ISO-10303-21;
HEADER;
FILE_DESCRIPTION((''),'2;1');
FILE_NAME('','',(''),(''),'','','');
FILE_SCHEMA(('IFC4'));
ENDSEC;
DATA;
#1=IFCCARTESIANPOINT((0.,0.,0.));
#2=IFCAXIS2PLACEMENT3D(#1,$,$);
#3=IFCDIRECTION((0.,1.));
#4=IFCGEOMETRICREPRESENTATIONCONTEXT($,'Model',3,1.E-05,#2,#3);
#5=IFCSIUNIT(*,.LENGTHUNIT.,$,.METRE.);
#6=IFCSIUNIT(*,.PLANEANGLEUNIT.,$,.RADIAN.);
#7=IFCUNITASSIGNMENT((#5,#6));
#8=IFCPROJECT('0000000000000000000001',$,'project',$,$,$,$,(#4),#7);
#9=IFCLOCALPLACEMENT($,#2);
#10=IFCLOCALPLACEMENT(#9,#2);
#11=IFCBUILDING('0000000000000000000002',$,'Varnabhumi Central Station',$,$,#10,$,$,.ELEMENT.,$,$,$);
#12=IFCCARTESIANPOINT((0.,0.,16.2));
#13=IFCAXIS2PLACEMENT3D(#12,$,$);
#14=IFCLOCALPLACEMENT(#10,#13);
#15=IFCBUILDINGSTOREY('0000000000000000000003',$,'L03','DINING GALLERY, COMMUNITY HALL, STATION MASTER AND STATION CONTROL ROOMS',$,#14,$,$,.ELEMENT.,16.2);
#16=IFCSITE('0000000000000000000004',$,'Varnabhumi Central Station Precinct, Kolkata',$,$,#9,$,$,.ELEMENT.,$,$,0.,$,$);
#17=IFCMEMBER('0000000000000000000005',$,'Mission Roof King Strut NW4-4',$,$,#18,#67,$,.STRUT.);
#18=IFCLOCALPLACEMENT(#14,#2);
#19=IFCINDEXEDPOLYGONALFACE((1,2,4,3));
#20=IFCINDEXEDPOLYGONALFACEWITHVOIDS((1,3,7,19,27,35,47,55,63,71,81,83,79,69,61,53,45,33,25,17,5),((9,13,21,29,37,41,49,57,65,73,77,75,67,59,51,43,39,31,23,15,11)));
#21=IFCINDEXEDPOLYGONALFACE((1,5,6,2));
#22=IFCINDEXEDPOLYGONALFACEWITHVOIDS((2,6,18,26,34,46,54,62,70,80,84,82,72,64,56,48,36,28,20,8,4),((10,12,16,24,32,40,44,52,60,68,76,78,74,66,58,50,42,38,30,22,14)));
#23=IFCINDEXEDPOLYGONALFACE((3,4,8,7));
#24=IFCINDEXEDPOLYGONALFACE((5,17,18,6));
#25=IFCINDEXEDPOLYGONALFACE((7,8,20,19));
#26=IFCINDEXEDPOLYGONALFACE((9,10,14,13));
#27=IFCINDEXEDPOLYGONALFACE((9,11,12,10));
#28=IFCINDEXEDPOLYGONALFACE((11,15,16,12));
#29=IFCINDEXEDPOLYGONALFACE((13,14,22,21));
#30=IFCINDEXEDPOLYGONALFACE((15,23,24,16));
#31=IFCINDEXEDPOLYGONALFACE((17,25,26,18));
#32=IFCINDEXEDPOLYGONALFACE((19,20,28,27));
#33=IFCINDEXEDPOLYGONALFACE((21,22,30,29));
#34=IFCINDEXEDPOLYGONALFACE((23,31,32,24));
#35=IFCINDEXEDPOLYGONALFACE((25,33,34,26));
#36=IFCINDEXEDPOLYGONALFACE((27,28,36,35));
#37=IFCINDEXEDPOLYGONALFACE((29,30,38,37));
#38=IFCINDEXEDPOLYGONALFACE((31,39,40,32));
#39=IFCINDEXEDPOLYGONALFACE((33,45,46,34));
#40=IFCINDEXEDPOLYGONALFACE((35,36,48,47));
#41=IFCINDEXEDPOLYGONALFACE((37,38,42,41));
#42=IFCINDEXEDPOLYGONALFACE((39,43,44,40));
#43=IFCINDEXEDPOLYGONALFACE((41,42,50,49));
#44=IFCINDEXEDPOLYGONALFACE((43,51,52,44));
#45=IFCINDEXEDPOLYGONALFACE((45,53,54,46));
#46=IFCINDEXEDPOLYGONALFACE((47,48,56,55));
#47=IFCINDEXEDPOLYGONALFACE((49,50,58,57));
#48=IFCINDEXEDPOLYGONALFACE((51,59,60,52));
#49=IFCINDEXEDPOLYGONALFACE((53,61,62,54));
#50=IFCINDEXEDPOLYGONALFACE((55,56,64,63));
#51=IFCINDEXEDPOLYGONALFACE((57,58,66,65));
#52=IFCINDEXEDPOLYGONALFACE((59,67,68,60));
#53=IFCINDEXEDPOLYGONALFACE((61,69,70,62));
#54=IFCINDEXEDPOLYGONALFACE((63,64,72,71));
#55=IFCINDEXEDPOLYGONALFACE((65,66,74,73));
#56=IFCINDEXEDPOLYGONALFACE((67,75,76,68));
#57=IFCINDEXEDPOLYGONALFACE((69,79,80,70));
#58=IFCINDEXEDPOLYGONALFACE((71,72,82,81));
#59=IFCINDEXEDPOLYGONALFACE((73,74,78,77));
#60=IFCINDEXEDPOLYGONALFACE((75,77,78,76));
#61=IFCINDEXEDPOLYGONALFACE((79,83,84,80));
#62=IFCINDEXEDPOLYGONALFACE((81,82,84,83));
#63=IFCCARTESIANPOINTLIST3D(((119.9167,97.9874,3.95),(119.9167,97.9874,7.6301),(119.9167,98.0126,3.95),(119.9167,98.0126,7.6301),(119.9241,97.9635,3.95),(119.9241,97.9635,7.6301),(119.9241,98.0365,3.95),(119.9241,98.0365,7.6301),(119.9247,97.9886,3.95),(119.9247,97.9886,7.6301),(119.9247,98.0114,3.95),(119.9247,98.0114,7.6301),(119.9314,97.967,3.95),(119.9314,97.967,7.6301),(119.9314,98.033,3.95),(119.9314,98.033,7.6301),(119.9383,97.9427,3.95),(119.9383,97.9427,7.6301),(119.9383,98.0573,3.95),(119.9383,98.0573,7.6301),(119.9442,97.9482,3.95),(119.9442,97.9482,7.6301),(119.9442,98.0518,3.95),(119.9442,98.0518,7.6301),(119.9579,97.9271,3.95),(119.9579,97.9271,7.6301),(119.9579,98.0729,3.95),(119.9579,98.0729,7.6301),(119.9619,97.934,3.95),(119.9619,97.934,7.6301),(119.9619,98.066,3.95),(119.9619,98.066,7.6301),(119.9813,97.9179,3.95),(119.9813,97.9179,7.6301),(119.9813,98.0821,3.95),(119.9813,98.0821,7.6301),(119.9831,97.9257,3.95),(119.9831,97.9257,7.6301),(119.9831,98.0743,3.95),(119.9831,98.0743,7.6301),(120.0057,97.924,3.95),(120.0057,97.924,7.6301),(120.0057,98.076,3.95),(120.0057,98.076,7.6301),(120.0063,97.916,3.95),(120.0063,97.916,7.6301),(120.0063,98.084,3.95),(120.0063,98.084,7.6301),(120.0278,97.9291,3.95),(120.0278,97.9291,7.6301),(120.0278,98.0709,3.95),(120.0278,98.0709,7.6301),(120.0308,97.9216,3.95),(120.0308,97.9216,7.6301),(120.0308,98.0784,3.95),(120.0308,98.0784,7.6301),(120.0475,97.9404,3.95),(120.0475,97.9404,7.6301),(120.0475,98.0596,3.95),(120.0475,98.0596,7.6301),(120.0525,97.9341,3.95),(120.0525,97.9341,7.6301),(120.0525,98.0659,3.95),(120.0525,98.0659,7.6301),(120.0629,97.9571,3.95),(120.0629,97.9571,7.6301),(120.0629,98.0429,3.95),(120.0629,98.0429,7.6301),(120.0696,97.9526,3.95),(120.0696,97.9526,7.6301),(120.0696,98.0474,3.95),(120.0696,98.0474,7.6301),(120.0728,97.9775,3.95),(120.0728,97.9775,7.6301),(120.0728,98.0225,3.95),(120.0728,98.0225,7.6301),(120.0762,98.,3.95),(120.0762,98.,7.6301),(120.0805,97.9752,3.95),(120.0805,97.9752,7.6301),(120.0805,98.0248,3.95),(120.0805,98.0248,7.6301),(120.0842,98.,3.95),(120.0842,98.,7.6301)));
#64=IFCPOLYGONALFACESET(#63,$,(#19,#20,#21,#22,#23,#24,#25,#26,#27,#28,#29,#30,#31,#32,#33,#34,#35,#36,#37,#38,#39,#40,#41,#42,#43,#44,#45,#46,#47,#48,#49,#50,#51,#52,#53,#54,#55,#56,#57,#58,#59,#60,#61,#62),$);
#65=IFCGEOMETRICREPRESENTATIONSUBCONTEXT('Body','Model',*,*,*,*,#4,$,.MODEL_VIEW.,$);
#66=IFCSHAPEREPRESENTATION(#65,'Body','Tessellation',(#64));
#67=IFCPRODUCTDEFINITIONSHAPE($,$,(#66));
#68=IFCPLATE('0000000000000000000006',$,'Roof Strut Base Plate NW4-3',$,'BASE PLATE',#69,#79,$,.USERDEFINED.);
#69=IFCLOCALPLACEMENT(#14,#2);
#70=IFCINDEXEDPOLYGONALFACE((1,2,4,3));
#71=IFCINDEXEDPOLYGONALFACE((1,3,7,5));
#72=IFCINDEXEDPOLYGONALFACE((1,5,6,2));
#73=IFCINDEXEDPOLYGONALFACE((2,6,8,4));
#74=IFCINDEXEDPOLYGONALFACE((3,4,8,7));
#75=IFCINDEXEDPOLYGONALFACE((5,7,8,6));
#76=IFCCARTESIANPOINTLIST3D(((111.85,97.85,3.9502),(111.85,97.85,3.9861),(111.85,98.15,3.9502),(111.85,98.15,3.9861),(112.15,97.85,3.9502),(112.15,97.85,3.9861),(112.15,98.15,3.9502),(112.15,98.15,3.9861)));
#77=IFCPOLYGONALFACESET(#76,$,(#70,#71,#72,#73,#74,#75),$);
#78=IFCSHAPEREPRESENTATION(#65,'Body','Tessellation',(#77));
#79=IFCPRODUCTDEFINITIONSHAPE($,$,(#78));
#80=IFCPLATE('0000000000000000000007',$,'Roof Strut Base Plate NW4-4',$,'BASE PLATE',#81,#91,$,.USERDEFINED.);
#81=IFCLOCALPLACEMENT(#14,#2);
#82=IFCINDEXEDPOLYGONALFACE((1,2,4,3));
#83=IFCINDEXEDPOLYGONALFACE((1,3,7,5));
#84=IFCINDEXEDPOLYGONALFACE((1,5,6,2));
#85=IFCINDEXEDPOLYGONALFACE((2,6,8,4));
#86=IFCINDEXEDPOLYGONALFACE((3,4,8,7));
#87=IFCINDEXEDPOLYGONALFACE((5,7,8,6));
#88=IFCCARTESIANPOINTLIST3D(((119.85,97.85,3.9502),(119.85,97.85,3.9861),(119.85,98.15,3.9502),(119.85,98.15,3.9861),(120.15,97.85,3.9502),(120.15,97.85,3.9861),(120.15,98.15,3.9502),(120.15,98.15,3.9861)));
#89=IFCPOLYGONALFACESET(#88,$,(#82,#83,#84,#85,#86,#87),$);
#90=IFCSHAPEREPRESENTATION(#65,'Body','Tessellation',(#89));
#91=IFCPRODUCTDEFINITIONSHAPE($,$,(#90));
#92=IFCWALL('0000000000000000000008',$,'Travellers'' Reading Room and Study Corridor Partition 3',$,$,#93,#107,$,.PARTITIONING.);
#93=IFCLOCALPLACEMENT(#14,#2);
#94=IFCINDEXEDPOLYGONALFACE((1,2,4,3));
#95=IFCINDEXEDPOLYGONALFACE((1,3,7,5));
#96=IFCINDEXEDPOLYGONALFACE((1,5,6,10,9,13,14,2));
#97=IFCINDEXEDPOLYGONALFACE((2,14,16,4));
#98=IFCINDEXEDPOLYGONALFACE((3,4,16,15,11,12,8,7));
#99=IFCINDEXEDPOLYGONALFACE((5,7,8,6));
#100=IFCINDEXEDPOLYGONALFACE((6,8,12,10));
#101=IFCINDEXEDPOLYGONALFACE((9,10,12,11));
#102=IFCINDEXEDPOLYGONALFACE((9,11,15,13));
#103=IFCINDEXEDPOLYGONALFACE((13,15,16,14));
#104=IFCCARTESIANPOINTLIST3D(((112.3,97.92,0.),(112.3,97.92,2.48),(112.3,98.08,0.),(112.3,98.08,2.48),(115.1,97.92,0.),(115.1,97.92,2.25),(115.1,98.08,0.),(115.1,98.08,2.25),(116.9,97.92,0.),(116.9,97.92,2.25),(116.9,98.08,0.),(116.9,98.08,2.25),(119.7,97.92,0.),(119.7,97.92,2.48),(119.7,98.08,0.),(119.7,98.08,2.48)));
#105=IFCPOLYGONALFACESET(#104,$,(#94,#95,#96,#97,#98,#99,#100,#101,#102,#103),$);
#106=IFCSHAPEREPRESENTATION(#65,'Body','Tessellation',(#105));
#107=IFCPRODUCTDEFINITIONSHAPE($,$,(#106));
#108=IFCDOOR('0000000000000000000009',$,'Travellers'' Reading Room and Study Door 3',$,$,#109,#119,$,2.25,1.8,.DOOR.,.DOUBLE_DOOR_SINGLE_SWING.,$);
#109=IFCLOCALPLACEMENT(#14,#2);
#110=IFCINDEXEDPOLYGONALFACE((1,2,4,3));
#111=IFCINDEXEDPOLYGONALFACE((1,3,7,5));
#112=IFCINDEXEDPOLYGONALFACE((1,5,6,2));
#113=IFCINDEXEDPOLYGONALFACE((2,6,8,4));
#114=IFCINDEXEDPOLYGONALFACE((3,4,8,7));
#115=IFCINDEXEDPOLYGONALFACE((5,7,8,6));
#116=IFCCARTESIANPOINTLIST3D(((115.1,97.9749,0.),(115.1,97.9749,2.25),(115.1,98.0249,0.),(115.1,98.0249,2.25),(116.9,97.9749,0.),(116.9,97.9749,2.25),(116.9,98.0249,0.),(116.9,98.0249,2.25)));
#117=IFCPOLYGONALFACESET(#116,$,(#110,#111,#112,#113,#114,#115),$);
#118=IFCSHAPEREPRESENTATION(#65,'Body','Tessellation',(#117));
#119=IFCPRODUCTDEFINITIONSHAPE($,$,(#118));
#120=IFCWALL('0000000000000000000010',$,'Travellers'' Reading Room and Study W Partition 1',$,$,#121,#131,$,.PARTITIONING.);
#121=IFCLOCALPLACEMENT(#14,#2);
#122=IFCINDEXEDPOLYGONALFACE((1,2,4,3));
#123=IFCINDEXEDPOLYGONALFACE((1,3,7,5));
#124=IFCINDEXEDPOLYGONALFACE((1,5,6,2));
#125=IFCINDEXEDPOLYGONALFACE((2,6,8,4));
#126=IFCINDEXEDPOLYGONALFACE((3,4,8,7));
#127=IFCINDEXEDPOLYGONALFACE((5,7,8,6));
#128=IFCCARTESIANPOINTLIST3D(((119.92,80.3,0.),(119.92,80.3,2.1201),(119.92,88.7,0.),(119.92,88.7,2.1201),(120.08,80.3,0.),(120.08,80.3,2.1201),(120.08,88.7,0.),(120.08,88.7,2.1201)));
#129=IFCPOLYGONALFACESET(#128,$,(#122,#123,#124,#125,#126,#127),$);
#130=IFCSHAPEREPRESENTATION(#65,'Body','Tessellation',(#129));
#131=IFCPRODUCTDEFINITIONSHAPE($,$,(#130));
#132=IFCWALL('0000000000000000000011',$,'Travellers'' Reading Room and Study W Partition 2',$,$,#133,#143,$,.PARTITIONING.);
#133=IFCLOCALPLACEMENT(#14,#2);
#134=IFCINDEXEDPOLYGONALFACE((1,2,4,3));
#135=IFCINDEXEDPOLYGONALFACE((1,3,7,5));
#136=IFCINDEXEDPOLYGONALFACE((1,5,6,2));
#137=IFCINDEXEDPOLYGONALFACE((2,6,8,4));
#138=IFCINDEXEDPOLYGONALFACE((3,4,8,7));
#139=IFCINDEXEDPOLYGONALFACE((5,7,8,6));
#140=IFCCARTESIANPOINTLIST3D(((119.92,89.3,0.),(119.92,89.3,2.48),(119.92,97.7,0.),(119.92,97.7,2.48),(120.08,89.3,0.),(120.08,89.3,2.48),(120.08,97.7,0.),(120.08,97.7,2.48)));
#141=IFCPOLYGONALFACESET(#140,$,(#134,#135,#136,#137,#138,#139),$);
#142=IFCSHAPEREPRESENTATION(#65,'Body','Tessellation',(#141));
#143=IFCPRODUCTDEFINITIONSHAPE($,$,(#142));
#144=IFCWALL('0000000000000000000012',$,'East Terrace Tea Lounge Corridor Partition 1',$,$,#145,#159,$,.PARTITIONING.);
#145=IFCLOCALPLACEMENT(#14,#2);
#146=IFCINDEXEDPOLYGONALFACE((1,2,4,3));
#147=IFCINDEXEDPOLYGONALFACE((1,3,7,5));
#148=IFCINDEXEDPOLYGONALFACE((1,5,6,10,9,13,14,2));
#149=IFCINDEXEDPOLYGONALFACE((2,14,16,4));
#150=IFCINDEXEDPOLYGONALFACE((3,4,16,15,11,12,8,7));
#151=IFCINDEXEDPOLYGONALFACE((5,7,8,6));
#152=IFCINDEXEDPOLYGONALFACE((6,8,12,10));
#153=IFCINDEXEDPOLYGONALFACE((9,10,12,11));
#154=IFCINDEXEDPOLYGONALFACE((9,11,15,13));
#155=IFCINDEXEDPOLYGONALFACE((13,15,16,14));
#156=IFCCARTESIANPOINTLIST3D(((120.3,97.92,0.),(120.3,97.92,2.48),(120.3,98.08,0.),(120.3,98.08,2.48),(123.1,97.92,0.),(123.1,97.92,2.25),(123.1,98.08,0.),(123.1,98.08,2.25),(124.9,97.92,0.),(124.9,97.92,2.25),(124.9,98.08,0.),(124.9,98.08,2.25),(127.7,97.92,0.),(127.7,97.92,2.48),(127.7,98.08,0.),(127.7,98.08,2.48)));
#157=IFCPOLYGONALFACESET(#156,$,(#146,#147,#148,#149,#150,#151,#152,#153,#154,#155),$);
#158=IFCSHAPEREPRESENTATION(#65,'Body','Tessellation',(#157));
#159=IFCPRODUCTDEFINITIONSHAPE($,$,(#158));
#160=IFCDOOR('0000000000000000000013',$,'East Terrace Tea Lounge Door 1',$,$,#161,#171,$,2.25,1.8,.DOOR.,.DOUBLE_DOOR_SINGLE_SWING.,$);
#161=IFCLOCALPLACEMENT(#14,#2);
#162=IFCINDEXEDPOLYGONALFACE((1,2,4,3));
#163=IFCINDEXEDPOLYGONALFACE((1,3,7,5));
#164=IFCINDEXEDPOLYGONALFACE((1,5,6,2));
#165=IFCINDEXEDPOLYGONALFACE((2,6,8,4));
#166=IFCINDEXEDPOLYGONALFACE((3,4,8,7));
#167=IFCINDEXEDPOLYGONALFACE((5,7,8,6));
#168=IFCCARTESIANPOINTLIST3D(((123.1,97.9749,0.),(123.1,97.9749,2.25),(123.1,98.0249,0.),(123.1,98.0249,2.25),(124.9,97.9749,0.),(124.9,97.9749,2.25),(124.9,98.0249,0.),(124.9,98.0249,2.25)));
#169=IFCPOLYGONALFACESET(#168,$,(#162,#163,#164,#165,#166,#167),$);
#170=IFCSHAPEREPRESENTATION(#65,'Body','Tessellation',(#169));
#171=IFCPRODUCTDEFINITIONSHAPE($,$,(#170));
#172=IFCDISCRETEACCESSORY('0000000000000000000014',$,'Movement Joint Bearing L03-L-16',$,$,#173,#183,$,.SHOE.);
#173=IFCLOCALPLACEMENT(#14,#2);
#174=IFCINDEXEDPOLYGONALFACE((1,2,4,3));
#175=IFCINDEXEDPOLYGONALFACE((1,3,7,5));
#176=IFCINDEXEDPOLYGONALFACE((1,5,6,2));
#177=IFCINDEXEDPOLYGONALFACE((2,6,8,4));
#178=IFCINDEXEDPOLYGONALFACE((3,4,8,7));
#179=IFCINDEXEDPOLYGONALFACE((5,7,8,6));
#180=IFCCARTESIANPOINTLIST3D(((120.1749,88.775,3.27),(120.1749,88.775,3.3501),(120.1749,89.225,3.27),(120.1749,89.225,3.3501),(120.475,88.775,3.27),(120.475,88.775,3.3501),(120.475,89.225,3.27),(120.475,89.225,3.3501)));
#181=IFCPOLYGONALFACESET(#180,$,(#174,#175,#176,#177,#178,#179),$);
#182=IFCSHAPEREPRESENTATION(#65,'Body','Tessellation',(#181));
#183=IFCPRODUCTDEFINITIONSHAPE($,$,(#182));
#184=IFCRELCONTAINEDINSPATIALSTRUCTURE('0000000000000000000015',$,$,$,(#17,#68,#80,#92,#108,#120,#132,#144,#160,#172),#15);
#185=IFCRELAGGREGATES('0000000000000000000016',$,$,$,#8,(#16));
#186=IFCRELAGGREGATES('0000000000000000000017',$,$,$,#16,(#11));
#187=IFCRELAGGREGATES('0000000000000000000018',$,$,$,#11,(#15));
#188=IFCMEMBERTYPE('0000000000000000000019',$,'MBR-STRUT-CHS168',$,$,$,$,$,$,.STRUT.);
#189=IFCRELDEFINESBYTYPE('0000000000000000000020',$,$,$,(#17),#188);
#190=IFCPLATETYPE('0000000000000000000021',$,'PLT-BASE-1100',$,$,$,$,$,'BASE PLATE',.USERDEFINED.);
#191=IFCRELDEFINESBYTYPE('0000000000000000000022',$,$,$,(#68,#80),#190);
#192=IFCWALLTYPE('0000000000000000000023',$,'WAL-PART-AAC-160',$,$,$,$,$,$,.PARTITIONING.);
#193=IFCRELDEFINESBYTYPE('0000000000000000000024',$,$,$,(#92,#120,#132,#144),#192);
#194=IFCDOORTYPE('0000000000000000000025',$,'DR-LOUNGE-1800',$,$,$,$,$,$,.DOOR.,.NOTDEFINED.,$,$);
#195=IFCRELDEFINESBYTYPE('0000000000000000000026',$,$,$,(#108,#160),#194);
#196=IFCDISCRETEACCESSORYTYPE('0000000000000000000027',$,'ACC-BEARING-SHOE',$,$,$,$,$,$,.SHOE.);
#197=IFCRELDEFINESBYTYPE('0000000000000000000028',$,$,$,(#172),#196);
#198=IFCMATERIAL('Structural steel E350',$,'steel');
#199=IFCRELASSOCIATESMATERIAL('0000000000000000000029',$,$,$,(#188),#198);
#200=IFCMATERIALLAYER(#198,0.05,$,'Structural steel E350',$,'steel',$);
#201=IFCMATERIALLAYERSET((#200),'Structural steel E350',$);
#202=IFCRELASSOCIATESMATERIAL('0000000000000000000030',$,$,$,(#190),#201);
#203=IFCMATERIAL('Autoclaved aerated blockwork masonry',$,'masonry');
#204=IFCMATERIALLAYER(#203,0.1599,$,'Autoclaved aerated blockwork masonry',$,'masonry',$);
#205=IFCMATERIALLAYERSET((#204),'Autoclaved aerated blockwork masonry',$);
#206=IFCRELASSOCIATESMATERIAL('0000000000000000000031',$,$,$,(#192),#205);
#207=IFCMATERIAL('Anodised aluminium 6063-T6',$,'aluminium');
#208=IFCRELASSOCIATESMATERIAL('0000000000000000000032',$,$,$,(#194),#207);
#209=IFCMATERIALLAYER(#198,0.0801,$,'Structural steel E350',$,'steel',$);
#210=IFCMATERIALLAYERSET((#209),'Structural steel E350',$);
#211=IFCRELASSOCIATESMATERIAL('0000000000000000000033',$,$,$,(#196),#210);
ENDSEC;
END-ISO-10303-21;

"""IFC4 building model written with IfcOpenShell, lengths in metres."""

from ifc_helpers import new_model, si_unit, direction, frame, frame_2d, origin, origin_2d, place, context, subcontext, project, spatial, rectangle, hollow_circle, extrude, material, layer, layer_set, material_profile, profile_set, type_object, element, fill, save


model = new_model("IFC4")

# Units and contexts
model_context = context("Model", 3, precision=1e-05, world=origin(), true_north=direction((0.0, 1.0)))
body_context = subcontext(model_context, "Body", "Model", "MODEL_VIEW")
ifc_project = project(units=[si_unit("LENGTHUNIT", "METRE"), si_unit("PLANEANGLEUNIT", "RADIAN")], contexts=[model_context])

# Site, building, storey
site_placement = place(None, origin())
site = spatial("IfcSite", under=ifc_project, at=site_placement, Name="Varnabhumi Central Station Precinct, Kolkata", CompositionType="ELEMENT", RefElevation=0.0)
building_placement = place(site_placement, origin())
building = spatial("IfcBuilding", under=site, at=building_placement, Name="Varnabhumi Central Station", CompositionType="ELEMENT")
storey_placement = place(building_placement, frame((0.0, 0.0, 16.2)))
storey = spatial("IfcBuildingStorey", under=building, at=storey_placement, Name="L03", Description="DINING GALLERY, COMMUNITY HALL, STATION MASTER AND STATION CONTROL ROOMS", CompositionType="ELEMENT", Elevation=16.2)

# Shared definitions
ifc_material_1 = material(Name="Structural steel E350", Category="steel")

# Member
ifc_material_profile_1 = material_profile(ifc_material_1, hollow_circle(Radius=0.0842, WallThickness=0.0081, at=origin_2d()), Name="Structural steel E350", Category="steel")
ifc_profile_set_1 = profile_set([ifc_material_profile_1], Name="Structural steel E350")
member_type_1 = type_object("IfcMemberType", Name="MBR-STRUT-CHS168", PredefinedType="STRUT", material=ifc_profile_set_1)
for number, where, z_axis, x_axis, name in (
    (1, (120.0, 98.0, 3.95), (0.0, 0.0, 1.0), (1.0, 0.0, 0.0), "Mission Roof King Strut NW4-4"),
):
    element("IfcMember", number, at=place(storey_placement, frame(where, z_axis=z_axis, x_axis=x_axis)), inside=storey, type_object=member_type_1, Name=name, PredefinedType="STRUT", context=body_context, shape_type="SweptSolid", body=[
        extrude(hollow_circle(Radius=0.0842, WallThickness=0.0081, at=origin_2d()), origin(), (0.0, 0.0, 1.0), 3.6802),
    ])

# Plates
ifc_layer_1 = layer(ifc_material_1, 0.05, Name="Structural steel E350", Category="steel")
ifc_layer_set_1 = layer_set([ifc_layer_1], Name="Structural steel E350")
plate_type = type_object("IfcPlateType", Name="PLT-BASE-1100", ElementType="BASE PLATE", PredefinedType="USERDEFINED", material=ifc_layer_set_1)
for number, where, z_axis, x_axis, name in (
    (2, (112.0, 98.0, 3.9502), (0.0, 0.0, 1.0), (1.0, 0.0, 0.0), "Roof Strut Base Plate NW4-3"),
    (3, (120.0, 98.0, 3.9502), (0.0, 0.0, 1.0), (1.0, 0.0, 0.0), "Roof Strut Base Plate NW4-4"),
):
    element("IfcPlate", number, at=place(storey_placement, frame(where, z_axis=z_axis, x_axis=x_axis)), inside=storey, type_object=plate_type, Name=name, ObjectType="BASE PLATE", PredefinedType="USERDEFINED", context=body_context, shape_type="SweptSolid", body=[
        extrude(rectangle(XDim=0.3, YDim=0.3, at=origin_2d()), origin(), (0.0, 0.0, 1.0), 0.0359),
    ])

# Wall, opening, door
ifc_material_2 = material(Name="Autoclaved aerated blockwork masonry", Category="masonry")
ifc_layer_2 = layer(ifc_material_2, 0.1599, Name="Autoclaved aerated blockwork masonry", Category="masonry")
ifc_layer_set_2 = layer_set([ifc_layer_2], Name="Autoclaved aerated blockwork masonry")
wall_type = type_object("IfcWallType", Name="WAL-PART-AAC-160", PredefinedType="PARTITIONING", material=ifc_layer_set_2)
wall_1_placement = place(storey_placement, frame((112.3, 98.0, 0.0), z_axis=(0.0, 0.0, 1.0), x_axis=(1.0, 0.0, 0.0)))
wall_1 = element("IfcWall", 4, at=wall_1_placement, inside=storey, type_object=wall_type, Name="Travellers' Reading Room and Study Corridor Partition 3", PredefinedType="PARTITIONING", context=body_context, shape_type="SweptSolid", body=[
    extrude(rectangle(XDim=7.3999, YDim=0.1599, at=frame_2d((3.7, 0.0))), origin(), (0.0, 0.0, 1.0), 2.48),
])
opening_1_placement = place(wall_1_placement, frame((2.8, 0.0, 0.0)))
opening_1 = element("IfcOpeningElement", 5, at=opening_1_placement, cuts=wall_1, PredefinedType="OPENING", context=body_context, shape_type="SweptSolid", body=[
    extrude(rectangle(XDim=1.8, YDim=2.25, at=frame_2d((0.8999, 1.125))), frame((0.0, 0.0898, 0.0), z_axis=(0.0, -1.0, 0.0), x_axis=(1.0, 0.0, 0.0)), (0.0, 0.0, 1.0), 0.1799),
])
ifc_material_3 = material(Name="Anodised aluminium 6063-T6", Category="aluminium")
door_type = type_object("IfcDoorType", Name="DR-LOUNGE-1800", OperationType="NOTDEFINED", PredefinedType="DOOR", material=ifc_material_3)
door_1_placement = place(opening_1_placement, origin())
door_1 = element("IfcDoor", 6, at=door_1_placement, inside=storey, type_object=door_type, Name="Travellers' Reading Room and Study Door 3", OperationType="DOUBLE_DOOR_SINGLE_SWING", OverallHeight=2.25, OverallWidth=1.8, PredefinedType="DOOR", context=body_context, shape_type="SweptSolid", body=[
    extrude(rectangle(XDim=1.8, YDim=2.25, at=frame_2d((0.8999, 1.125))), frame((0.0, 0.0249, 0.0), z_axis=(0.0, -1.0, 0.0), x_axis=(1.0, 0.0, 0.0)), (0.0, 0.0, 1.0), 0.05),
])
fill(opening_1, door_1)

# Walls
wall_2_placement = place(storey_placement, frame((120.0, 80.3, 0.0), z_axis=(0.0, 0.0, 1.0), x_axis=(0.0, 1.0, 0.0)))
element("IfcWall", 7, at=wall_2_placement, inside=storey, type_object=wall_type, Name="Travellers' Reading Room and Study W Partition 1", PredefinedType="PARTITIONING", context=body_context, shape_type="SweptSolid", body=[
    extrude(rectangle(XDim=8.3999, YDim=0.1599, at=frame_2d((4.2, 0.0))), origin(), (0.0, 0.0, 1.0), 2.1201),
])
wall_3_placement = place(storey_placement, frame((120.0, 89.3, 0.0), z_axis=(0.0, 0.0, 1.0), x_axis=(0.0, 1.0, 0.0)))
element("IfcWall", 8, at=wall_3_placement, inside=storey, type_object=wall_type, Name="Travellers' Reading Room and Study W Partition 2", PredefinedType="PARTITIONING", context=body_context, shape_type="SweptSolid", body=[
    extrude(rectangle(XDim=8.3999, YDim=0.1599, at=frame_2d((4.2, 0.0))), origin(), (0.0, 0.0, 1.0), 2.48),
])

# Wall, opening, door
wall_4_placement = place(storey_placement, frame((120.3, 98.0, 0.0), z_axis=(0.0, 0.0, 1.0), x_axis=(1.0, 0.0, 0.0)))
wall_4 = element("IfcWall", 9, at=wall_4_placement, inside=storey, type_object=wall_type, Name="East Terrace Tea Lounge Corridor Partition 1", PredefinedType="PARTITIONING", context=body_context, shape_type="SweptSolid", body=[
    extrude(rectangle(XDim=7.3999, YDim=0.1599, at=frame_2d((3.7, 0.0))), origin(), (0.0, 0.0, 1.0), 2.48),
])
opening_2_placement = place(wall_4_placement, frame((2.8, 0.0, 0.0)))
opening_2 = element("IfcOpeningElement", 10, at=opening_2_placement, cuts=wall_4, PredefinedType="OPENING", context=body_context, shape_type="SweptSolid", body=[
    extrude(rectangle(XDim=1.8, YDim=2.25, at=frame_2d((0.8999, 1.125))), frame((0.0, 0.0898, 0.0), z_axis=(0.0, -1.0, 0.0), x_axis=(1.0, 0.0, 0.0)), (0.0, 0.0, 1.0), 0.1799),
])
door_2_placement = place(opening_2_placement, origin())
door_2 = element("IfcDoor", 11, at=door_2_placement, inside=storey, type_object=door_type, Name="East Terrace Tea Lounge Door 1", OperationType="DOUBLE_DOOR_SINGLE_SWING", OverallHeight=2.25, OverallWidth=1.8, PredefinedType="DOOR", context=body_context, shape_type="SweptSolid", body=[
    extrude(rectangle(XDim=1.8, YDim=2.25, at=frame_2d((0.8999, 1.125))), frame((0.0, 0.0249, 0.0), z_axis=(0.0, -1.0, 0.0), x_axis=(1.0, 0.0, 0.0)), (0.0, 0.0, 1.0), 0.05),
])
fill(opening_2, door_2)

# Discrete accessory
ifc_layer_3 = layer(ifc_material_1, 0.0801, Name="Structural steel E350", Category="steel")
ifc_layer_set_3 = layer_set([ifc_layer_3], Name="Structural steel E350")
discrete_accessory_type = type_object("IfcDiscreteAccessoryType", Name="ACC-BEARING-SHOE", PredefinedType="SHOE", material=ifc_layer_set_3)
for number, where, z_axis, x_axis, name in (
    (12, (120.325, 89.0, 3.27), (0.0, 0.0, 1.0), (1.0, 0.0, 0.0), "Movement Joint Bearing L03-L-16"),
):
    element("IfcDiscreteAccessory", number, at=place(storey_placement, frame(where, z_axis=z_axis, x_axis=x_axis)), inside=storey, type_object=discrete_accessory_type, Name=name, PredefinedType="SHOE", context=body_context, shape_type="SweptSolid", body=[
        extrude(rectangle(XDim=0.3, YDim=0.45, at=origin_2d()), origin(), (0.0, 0.0, 1.0), 0.0801),
    ])

save(model, "model.ifc")
